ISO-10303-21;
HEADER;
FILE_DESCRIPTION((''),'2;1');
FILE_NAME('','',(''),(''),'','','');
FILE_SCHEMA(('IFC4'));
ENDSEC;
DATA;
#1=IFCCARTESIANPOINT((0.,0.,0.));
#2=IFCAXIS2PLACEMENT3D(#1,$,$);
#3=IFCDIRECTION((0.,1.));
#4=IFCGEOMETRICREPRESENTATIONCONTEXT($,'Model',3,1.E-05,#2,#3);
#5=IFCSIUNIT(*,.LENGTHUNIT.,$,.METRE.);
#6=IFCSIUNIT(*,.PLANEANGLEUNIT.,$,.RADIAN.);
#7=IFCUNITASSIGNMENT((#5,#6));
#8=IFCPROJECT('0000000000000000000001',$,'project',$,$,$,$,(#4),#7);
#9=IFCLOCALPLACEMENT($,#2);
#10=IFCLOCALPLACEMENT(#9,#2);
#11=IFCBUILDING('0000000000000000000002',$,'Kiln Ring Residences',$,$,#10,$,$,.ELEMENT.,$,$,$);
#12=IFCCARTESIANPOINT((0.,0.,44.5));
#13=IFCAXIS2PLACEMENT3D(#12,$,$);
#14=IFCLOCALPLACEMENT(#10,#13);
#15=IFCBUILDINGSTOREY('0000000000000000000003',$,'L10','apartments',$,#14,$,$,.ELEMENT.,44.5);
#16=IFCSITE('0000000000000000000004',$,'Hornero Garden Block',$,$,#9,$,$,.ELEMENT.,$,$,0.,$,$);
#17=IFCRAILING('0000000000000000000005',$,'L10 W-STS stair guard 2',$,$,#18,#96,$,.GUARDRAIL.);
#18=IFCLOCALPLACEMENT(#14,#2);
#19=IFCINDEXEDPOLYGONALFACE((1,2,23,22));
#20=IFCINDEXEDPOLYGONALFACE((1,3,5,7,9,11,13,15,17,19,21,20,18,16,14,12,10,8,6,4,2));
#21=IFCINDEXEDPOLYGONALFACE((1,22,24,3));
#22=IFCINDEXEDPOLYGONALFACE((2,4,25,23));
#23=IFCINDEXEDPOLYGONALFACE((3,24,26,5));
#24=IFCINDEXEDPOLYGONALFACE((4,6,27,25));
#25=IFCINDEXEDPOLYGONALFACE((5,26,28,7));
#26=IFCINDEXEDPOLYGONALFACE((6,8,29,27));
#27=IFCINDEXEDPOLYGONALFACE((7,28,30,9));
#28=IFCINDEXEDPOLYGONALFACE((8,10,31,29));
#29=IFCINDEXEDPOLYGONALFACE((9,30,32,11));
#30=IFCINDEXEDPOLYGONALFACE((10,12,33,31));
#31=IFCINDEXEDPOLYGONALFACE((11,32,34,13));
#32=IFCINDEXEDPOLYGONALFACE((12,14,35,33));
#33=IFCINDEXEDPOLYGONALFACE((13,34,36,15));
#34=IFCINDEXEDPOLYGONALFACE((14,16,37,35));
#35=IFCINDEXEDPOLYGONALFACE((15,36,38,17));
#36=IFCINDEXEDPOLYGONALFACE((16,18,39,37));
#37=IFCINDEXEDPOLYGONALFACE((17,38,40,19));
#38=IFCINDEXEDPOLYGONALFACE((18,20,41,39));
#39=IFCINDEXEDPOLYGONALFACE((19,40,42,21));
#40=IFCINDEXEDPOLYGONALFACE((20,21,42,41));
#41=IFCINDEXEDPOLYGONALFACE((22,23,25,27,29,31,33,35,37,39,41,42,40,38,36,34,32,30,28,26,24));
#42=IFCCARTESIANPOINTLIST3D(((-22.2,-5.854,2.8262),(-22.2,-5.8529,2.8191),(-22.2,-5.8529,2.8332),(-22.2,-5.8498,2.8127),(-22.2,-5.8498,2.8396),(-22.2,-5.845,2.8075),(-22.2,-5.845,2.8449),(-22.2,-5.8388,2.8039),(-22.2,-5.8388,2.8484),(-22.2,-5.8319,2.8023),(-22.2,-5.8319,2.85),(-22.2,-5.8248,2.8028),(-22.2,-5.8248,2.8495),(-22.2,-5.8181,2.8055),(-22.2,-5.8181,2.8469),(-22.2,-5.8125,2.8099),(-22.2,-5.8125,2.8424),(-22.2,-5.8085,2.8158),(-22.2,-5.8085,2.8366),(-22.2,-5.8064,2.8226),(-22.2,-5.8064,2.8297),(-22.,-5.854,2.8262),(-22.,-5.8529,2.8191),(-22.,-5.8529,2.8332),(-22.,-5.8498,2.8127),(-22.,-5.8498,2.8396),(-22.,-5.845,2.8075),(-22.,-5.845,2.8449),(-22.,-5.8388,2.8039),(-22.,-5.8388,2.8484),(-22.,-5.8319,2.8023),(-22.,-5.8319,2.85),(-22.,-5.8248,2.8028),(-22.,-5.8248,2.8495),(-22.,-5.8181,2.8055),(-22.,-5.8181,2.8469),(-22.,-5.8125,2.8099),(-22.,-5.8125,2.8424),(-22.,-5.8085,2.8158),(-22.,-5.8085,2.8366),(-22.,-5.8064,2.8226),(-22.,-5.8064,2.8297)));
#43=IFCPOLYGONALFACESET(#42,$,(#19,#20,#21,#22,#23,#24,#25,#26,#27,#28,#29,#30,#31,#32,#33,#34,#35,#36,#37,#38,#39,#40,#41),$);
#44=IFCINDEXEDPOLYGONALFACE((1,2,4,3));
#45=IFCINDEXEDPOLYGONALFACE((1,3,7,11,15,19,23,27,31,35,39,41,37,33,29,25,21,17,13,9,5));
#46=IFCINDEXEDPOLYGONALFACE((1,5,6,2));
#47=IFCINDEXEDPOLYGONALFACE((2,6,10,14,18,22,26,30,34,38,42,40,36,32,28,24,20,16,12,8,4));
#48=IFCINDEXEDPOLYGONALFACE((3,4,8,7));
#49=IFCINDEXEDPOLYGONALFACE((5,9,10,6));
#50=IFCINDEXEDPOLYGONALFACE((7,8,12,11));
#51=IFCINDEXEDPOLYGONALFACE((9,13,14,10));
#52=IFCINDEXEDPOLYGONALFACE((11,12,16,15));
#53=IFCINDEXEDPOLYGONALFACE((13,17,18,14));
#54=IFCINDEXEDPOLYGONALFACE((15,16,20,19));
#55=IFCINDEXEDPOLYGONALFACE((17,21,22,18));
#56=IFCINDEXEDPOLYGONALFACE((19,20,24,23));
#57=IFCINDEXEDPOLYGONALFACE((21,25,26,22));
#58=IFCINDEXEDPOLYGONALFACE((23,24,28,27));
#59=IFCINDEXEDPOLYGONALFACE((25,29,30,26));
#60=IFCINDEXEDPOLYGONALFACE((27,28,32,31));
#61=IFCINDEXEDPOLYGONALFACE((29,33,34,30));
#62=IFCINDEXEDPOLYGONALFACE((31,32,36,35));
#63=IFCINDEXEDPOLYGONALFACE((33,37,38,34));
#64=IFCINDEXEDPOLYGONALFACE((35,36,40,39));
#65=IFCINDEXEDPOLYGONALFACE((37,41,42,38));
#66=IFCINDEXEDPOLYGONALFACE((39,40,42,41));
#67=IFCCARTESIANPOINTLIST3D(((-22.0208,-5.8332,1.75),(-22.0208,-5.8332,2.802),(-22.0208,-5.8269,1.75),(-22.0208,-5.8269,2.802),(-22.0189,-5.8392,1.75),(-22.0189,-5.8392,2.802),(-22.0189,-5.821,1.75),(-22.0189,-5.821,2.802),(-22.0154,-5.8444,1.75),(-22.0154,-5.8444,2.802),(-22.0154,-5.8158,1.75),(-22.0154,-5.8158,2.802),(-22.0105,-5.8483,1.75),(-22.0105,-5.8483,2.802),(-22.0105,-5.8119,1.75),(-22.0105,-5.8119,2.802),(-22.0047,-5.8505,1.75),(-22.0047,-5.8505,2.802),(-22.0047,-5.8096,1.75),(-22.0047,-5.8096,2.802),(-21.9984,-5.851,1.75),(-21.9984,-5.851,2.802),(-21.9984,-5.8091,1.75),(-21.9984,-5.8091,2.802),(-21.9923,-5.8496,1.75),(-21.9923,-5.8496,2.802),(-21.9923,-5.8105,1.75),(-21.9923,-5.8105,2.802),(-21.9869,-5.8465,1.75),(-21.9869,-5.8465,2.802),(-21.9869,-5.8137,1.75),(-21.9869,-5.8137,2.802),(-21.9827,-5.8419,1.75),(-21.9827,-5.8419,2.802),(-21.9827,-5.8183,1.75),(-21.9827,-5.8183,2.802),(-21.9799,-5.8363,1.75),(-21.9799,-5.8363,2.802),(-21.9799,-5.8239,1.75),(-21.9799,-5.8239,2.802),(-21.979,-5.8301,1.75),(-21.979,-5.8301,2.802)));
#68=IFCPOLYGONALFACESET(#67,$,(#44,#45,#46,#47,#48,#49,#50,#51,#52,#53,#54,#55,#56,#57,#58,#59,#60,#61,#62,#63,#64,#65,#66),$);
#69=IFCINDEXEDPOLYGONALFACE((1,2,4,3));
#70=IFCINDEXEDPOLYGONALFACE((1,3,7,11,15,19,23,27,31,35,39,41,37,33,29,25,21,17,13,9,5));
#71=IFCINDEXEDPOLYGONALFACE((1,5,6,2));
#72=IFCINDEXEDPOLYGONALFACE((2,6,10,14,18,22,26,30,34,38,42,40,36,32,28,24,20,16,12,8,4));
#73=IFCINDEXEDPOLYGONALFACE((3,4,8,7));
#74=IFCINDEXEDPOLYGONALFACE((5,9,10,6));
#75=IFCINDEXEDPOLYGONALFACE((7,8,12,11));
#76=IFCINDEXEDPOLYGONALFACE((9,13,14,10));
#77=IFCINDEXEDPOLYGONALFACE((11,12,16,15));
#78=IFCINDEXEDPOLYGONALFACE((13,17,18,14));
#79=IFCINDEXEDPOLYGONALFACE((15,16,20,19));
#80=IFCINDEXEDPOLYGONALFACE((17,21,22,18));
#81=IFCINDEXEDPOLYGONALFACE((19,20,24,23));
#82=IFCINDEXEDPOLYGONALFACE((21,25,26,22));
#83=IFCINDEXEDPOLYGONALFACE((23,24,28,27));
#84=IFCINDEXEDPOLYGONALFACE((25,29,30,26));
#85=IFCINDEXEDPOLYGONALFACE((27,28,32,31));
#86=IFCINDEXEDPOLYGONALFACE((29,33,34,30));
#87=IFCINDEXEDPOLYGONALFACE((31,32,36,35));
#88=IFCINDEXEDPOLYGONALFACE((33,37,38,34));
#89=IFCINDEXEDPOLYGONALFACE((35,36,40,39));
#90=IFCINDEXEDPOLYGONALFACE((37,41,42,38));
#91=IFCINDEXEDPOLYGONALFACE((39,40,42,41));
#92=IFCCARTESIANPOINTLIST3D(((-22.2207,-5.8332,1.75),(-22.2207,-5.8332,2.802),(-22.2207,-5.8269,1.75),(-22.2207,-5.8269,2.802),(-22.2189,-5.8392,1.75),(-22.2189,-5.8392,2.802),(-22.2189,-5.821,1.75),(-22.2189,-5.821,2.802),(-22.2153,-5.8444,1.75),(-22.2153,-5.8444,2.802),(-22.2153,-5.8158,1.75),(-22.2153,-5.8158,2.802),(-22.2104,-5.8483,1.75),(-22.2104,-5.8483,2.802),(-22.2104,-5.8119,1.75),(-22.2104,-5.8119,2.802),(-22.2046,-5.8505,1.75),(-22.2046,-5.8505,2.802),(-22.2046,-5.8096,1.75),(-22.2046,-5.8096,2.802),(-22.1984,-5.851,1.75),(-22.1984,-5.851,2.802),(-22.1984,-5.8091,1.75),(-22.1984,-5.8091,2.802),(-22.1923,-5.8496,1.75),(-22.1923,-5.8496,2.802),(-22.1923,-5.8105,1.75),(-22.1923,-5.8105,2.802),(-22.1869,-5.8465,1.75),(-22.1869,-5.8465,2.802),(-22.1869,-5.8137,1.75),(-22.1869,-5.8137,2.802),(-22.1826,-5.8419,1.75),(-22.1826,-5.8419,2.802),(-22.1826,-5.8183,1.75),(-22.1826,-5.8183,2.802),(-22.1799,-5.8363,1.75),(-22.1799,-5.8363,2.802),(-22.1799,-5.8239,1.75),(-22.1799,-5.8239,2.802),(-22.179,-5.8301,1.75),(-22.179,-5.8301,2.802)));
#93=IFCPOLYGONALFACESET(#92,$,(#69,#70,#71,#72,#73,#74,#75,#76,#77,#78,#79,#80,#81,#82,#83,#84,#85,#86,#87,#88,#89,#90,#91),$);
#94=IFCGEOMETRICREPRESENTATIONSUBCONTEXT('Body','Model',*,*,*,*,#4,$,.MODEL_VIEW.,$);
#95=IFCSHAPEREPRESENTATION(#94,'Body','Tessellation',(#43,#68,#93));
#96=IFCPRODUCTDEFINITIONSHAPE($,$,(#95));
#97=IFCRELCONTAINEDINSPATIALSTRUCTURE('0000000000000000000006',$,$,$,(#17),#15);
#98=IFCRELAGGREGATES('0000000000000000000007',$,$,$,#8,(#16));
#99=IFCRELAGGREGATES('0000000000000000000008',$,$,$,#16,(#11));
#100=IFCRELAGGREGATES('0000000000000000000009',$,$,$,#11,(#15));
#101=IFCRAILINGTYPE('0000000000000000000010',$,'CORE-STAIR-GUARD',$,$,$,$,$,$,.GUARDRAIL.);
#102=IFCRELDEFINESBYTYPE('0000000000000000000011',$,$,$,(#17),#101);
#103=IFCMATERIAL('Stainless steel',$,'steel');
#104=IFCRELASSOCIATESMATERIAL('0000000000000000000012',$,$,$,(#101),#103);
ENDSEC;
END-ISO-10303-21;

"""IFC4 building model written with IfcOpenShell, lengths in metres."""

from ifc_helpers import new_model, si_unit, direction, frame, origin, origin_2d, place, context, subcontext, project, spatial, circle, extrude, material, type_object, element, save


model = new_model("IFC4")

# Units and contexts
model_context = context("Model", 3, precision=1e-05, world=origin(), true_north=direction((0.0, 1.0)))
body_context = subcontext(model_context, "Body", "Model", "MODEL_VIEW")
ifc_project = project(units=[si_unit("LENGTHUNIT", "METRE"), si_unit("PLANEANGLEUNIT", "RADIAN")], contexts=[model_context])

# Site, building, storey
site_placement = place(None, origin())
site = spatial("IfcSite", under=ifc_project, at=site_placement, Name="Hornero Garden Block", CompositionType="ELEMENT", RefElevation=0.0)
building_placement = place(site_placement, origin())
building = spatial("IfcBuilding", under=site, at=building_placement, Name="Kiln Ring Residences", CompositionType="ELEMENT")
storey_placement = place(building_placement, frame((0.0, 0.0, 44.5)))
storey = spatial("IfcBuildingStorey", under=building, at=storey_placement, Name="L10", Description="apartments", CompositionType="ELEMENT", Elevation=44.5)

# Railing
ifc_material_1 = material(Name="Stainless steel", Category="steel")
railing_type_1 = type_object("IfcRailingType", Name="CORE-STAIR-GUARD", PredefinedType="GUARDRAIL", material=ifc_material_1)
railing_1_placement = place(storey_placement, frame((-22.0, -5.8301, 1.75)))
element("IfcRailing", 1, at=railing_1_placement, inside=storey, type_object=railing_type_1, Name="L10 W-STS stair guard 2", PredefinedType="GUARDRAIL", context=body_context, shape_type="SweptSolid", body=[
    extrude(circle(Radius=0.0239, at=origin_2d()), frame((0.0, 0.0, 1.0762), z_axis=(-1.0, 0.0, 0.0), x_axis=(0.0, -1.0, 0.0)), (0.0, 0.0, 1.0), 0.2),
    extrude(circle(Radius=0.021, at=origin_2d()), origin(), (0.0, 0.0, 1.0), 1.052),
    extrude(circle(Radius=0.021, at=origin_2d()), frame((-0.2, 0.0, 0.0)), (0.0, 0.0, 1.0), 1.052),
])

save(model, "model.ifc")
